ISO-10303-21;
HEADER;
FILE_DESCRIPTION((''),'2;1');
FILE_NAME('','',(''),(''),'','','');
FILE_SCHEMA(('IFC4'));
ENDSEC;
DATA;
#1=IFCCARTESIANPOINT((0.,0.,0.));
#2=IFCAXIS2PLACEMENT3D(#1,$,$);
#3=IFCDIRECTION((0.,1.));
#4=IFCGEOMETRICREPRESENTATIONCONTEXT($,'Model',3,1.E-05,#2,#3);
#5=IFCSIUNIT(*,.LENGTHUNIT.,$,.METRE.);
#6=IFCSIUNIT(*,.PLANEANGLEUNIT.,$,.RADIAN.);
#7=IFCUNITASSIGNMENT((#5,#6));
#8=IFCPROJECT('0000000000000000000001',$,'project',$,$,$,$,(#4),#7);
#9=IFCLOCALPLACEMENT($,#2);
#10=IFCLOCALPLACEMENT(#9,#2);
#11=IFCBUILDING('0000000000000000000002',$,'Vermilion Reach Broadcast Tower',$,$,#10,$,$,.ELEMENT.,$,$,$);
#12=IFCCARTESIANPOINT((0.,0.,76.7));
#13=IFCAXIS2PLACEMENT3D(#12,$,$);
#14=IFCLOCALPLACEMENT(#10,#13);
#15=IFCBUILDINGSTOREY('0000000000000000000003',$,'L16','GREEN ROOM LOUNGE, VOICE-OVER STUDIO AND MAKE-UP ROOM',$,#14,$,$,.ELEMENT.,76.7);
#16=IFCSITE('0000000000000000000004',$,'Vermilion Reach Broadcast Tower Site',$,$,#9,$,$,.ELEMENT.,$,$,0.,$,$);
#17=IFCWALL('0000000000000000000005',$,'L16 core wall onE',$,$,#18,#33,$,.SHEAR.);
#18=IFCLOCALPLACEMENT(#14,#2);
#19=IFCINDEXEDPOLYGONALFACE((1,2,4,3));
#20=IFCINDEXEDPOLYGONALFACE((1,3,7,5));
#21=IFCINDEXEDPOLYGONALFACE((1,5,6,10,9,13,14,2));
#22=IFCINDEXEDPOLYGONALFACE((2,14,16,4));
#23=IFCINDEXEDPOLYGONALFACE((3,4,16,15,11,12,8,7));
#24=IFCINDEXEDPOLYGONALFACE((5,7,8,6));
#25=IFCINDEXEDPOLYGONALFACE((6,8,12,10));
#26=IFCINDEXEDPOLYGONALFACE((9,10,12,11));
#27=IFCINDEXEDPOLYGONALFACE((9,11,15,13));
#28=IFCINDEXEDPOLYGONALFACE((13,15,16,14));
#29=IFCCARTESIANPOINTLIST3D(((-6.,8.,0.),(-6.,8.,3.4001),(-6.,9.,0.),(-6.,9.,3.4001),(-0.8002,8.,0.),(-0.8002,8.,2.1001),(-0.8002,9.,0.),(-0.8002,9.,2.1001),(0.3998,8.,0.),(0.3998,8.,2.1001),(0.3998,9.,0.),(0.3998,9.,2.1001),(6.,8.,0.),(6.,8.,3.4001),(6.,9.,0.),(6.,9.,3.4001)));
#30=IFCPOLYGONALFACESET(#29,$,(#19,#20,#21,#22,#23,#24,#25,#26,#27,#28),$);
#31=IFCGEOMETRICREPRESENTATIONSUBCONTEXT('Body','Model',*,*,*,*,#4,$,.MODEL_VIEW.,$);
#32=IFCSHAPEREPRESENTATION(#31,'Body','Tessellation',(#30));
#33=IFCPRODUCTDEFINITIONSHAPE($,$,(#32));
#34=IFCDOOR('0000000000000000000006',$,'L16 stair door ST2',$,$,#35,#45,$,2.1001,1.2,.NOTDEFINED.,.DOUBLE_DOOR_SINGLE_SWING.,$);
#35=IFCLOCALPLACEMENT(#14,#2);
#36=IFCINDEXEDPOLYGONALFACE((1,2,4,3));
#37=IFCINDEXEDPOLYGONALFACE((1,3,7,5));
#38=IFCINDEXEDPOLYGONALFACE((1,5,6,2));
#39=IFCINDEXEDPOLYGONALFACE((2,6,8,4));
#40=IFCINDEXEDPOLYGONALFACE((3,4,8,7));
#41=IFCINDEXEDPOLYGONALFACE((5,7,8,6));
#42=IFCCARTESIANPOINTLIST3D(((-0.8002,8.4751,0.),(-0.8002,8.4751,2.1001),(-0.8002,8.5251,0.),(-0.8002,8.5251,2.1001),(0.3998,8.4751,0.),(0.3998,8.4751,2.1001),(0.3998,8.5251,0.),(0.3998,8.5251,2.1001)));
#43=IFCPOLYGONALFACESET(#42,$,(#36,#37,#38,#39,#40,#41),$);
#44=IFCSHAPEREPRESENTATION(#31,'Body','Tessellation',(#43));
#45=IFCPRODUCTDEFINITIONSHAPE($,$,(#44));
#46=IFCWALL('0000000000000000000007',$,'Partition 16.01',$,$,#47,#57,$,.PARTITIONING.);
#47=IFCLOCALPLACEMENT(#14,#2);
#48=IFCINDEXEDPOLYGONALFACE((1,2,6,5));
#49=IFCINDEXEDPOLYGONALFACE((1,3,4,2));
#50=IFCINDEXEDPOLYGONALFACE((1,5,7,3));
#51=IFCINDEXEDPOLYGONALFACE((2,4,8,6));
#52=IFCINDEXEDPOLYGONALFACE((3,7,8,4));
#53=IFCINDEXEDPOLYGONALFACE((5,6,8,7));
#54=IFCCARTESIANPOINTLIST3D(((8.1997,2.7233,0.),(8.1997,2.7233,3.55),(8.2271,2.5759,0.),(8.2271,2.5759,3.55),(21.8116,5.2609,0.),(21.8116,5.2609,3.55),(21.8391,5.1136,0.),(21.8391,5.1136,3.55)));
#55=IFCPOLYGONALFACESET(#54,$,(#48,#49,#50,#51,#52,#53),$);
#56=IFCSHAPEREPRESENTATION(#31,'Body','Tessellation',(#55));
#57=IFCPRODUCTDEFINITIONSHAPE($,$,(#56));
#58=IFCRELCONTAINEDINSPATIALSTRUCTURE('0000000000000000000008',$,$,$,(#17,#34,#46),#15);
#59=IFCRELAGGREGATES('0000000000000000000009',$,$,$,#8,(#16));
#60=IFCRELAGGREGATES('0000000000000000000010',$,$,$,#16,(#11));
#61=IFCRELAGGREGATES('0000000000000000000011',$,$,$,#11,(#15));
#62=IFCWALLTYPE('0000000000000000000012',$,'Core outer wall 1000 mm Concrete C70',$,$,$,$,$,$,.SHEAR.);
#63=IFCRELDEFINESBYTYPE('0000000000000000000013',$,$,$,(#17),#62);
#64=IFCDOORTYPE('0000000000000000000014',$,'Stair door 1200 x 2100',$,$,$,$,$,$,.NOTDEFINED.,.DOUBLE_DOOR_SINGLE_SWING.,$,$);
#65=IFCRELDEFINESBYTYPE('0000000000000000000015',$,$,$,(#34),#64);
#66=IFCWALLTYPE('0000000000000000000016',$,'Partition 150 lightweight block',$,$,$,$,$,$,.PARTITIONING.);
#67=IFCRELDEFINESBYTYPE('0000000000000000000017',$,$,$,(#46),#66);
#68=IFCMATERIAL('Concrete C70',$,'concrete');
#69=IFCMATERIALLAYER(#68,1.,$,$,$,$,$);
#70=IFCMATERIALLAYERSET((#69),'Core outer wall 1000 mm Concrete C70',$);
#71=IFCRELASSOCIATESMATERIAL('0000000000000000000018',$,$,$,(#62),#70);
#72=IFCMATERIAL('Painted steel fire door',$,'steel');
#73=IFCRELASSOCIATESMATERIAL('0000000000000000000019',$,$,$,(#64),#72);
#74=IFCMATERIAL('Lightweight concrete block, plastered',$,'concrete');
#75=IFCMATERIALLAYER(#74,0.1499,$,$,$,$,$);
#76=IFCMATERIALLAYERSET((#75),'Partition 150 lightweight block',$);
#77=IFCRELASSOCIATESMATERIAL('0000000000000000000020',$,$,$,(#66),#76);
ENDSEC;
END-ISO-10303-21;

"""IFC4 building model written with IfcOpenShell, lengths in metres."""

from ifc_helpers import new_model, si_unit, direction, frame, frame_2d, origin, place, context, subcontext, project, spatial, rectangle, extrude, material, layer, layer_set, type_object, element, fill, save


model = new_model("IFC4")

# Units and contexts
model_context = context("Model", 3, precision=1e-05, world=origin(), true_north=direction((0.0, 1.0)))
body_context = subcontext(model_context, "Body", "Model", "MODEL_VIEW")
ifc_project = project(units=[si_unit("LENGTHUNIT", "METRE"), si_unit("PLANEANGLEUNIT", "RADIAN")], contexts=[model_context])

# Site, building, storey
site_placement = place(None, origin())
site = spatial("IfcSite", under=ifc_project, at=site_placement, Name="Vermilion Reach Broadcast Tower Site", CompositionType="ELEMENT", RefElevation=0.0)
building_placement = place(site_placement, origin())
building = spatial("IfcBuilding", under=site, at=building_placement, Name="Vermilion Reach Broadcast Tower", CompositionType="ELEMENT")
storey_placement = place(building_placement, frame((0.0, 0.0, 76.7)))
storey = spatial("IfcBuildingStorey", under=building, at=storey_placement, Name="L16", Description="GREEN ROOM LOUNGE, VOICE-OVER STUDIO AND MAKE-UP ROOM", CompositionType="ELEMENT", Elevation=76.7)

# Wall, opening, door
ifc_material_1 = material(Name="Concrete C70", Category="concrete")
ifc_layer_1 = layer(ifc_material_1, 1.0)
ifc_layer_set_1 = layer_set([ifc_layer_1], Name="Core outer wall 1000 mm Concrete C70")
wall_type_1 = type_object("IfcWallType", Name="Core outer wall 1000 mm Concrete C70", PredefinedType="SHEAR", material=ifc_layer_set_1)
wall_1_placement = place(storey_placement, frame((6.0, 8.5, 0.0), z_axis=(0.0, 0.0, 1.0), x_axis=(-1.0, 0.0, 0.0)))
wall_1 = element("IfcWall", 1, at=wall_1_placement, inside=storey, type_object=wall_type_1, Name="L16 core wall onE", PredefinedType="SHEAR", context=body_context, shape_type="SweptSolid", body=[
    extrude(rectangle(XDim=12.0, YDim=1.0, at=frame_2d((6.0, 0.0))), origin(), (0.0, 0.0, 1.0), 3.4001),
])
opening_placement = place(wall_1_placement, frame((5.6001, 0.0, 0.0)))
opening = element("IfcOpeningElement", 2, at=opening_placement, cuts=wall_1, PredefinedType="OPENING", context=body_context, shape_type="SweptSolid", body=[
    extrude(rectangle(XDim=1.2, YDim=2.1001, at=frame_2d((0.6001, 1.05))), frame((0.0, 0.51, 0.0), z_axis=(0.0, -1.0, 0.0), x_axis=(1.0, 0.0, 0.0)), (0.0, 0.0, 1.0), 1.02),
])
ifc_material_2 = material(Name="Painted steel fire door", Category="steel")
door_type = type_object("IfcDoorType", Name="Stair door 1200 x 2100", OperationType="DOUBLE_DOOR_SINGLE_SWING", PredefinedType="NOTDEFINED", material=ifc_material_2)
door_placement = place(opening_placement, origin())
door = element("IfcDoor", 3, at=door_placement, inside=storey, type_object=door_type, Name="L16 stair door ST2", OperationType="DOUBLE_DOOR_SINGLE_SWING", OverallHeight=2.1001, OverallWidth=1.2, PredefinedType="NOTDEFINED", context=body_context, shape_type="SweptSolid", body=[
    extrude(rectangle(XDim=1.2, YDim=2.1001, at=frame_2d((0.6001, 1.05))), frame((0.0, 0.0249, 0.0), z_axis=(0.0, -1.0, 0.0), x_axis=(1.0, 0.0, 0.0)), (0.0, 0.0, 1.0), 0.05),
])
fill(opening, door)

# Wall
ifc_material_3 = material(Name="Lightweight concrete block, plastered", Category="concrete")
ifc_layer_2 = layer(ifc_material_3, 0.1499)
ifc_layer_set_2 = layer_set([ifc_layer_2], Name="Partition 150 lightweight block")
wall_type_2 = type_object("IfcWallType", Name="Partition 150 lightweight block", PredefinedType="PARTITIONING", material=ifc_layer_set_2)
wall_2_placement = place(storey_placement, frame((21.8254, 5.1873, 0.0), z_axis=(0.0, 0.0, 1.0), x_axis=(-0.983063, -0.183269, 0.0)))
element("IfcWall", 4, at=wall_2_placement, inside=storey, type_object=wall_type_2, Name="Partition 16.01", PredefinedType="PARTITIONING", context=body_context, shape_type="SweptSolid", body=[
    extrude(rectangle(XDim=13.8464, YDim=0.1499, at=frame_2d((6.9233, 0.0))), origin(), (0.0, 0.0, 1.0), 3.55),
])

save(model, "model.ifc")
